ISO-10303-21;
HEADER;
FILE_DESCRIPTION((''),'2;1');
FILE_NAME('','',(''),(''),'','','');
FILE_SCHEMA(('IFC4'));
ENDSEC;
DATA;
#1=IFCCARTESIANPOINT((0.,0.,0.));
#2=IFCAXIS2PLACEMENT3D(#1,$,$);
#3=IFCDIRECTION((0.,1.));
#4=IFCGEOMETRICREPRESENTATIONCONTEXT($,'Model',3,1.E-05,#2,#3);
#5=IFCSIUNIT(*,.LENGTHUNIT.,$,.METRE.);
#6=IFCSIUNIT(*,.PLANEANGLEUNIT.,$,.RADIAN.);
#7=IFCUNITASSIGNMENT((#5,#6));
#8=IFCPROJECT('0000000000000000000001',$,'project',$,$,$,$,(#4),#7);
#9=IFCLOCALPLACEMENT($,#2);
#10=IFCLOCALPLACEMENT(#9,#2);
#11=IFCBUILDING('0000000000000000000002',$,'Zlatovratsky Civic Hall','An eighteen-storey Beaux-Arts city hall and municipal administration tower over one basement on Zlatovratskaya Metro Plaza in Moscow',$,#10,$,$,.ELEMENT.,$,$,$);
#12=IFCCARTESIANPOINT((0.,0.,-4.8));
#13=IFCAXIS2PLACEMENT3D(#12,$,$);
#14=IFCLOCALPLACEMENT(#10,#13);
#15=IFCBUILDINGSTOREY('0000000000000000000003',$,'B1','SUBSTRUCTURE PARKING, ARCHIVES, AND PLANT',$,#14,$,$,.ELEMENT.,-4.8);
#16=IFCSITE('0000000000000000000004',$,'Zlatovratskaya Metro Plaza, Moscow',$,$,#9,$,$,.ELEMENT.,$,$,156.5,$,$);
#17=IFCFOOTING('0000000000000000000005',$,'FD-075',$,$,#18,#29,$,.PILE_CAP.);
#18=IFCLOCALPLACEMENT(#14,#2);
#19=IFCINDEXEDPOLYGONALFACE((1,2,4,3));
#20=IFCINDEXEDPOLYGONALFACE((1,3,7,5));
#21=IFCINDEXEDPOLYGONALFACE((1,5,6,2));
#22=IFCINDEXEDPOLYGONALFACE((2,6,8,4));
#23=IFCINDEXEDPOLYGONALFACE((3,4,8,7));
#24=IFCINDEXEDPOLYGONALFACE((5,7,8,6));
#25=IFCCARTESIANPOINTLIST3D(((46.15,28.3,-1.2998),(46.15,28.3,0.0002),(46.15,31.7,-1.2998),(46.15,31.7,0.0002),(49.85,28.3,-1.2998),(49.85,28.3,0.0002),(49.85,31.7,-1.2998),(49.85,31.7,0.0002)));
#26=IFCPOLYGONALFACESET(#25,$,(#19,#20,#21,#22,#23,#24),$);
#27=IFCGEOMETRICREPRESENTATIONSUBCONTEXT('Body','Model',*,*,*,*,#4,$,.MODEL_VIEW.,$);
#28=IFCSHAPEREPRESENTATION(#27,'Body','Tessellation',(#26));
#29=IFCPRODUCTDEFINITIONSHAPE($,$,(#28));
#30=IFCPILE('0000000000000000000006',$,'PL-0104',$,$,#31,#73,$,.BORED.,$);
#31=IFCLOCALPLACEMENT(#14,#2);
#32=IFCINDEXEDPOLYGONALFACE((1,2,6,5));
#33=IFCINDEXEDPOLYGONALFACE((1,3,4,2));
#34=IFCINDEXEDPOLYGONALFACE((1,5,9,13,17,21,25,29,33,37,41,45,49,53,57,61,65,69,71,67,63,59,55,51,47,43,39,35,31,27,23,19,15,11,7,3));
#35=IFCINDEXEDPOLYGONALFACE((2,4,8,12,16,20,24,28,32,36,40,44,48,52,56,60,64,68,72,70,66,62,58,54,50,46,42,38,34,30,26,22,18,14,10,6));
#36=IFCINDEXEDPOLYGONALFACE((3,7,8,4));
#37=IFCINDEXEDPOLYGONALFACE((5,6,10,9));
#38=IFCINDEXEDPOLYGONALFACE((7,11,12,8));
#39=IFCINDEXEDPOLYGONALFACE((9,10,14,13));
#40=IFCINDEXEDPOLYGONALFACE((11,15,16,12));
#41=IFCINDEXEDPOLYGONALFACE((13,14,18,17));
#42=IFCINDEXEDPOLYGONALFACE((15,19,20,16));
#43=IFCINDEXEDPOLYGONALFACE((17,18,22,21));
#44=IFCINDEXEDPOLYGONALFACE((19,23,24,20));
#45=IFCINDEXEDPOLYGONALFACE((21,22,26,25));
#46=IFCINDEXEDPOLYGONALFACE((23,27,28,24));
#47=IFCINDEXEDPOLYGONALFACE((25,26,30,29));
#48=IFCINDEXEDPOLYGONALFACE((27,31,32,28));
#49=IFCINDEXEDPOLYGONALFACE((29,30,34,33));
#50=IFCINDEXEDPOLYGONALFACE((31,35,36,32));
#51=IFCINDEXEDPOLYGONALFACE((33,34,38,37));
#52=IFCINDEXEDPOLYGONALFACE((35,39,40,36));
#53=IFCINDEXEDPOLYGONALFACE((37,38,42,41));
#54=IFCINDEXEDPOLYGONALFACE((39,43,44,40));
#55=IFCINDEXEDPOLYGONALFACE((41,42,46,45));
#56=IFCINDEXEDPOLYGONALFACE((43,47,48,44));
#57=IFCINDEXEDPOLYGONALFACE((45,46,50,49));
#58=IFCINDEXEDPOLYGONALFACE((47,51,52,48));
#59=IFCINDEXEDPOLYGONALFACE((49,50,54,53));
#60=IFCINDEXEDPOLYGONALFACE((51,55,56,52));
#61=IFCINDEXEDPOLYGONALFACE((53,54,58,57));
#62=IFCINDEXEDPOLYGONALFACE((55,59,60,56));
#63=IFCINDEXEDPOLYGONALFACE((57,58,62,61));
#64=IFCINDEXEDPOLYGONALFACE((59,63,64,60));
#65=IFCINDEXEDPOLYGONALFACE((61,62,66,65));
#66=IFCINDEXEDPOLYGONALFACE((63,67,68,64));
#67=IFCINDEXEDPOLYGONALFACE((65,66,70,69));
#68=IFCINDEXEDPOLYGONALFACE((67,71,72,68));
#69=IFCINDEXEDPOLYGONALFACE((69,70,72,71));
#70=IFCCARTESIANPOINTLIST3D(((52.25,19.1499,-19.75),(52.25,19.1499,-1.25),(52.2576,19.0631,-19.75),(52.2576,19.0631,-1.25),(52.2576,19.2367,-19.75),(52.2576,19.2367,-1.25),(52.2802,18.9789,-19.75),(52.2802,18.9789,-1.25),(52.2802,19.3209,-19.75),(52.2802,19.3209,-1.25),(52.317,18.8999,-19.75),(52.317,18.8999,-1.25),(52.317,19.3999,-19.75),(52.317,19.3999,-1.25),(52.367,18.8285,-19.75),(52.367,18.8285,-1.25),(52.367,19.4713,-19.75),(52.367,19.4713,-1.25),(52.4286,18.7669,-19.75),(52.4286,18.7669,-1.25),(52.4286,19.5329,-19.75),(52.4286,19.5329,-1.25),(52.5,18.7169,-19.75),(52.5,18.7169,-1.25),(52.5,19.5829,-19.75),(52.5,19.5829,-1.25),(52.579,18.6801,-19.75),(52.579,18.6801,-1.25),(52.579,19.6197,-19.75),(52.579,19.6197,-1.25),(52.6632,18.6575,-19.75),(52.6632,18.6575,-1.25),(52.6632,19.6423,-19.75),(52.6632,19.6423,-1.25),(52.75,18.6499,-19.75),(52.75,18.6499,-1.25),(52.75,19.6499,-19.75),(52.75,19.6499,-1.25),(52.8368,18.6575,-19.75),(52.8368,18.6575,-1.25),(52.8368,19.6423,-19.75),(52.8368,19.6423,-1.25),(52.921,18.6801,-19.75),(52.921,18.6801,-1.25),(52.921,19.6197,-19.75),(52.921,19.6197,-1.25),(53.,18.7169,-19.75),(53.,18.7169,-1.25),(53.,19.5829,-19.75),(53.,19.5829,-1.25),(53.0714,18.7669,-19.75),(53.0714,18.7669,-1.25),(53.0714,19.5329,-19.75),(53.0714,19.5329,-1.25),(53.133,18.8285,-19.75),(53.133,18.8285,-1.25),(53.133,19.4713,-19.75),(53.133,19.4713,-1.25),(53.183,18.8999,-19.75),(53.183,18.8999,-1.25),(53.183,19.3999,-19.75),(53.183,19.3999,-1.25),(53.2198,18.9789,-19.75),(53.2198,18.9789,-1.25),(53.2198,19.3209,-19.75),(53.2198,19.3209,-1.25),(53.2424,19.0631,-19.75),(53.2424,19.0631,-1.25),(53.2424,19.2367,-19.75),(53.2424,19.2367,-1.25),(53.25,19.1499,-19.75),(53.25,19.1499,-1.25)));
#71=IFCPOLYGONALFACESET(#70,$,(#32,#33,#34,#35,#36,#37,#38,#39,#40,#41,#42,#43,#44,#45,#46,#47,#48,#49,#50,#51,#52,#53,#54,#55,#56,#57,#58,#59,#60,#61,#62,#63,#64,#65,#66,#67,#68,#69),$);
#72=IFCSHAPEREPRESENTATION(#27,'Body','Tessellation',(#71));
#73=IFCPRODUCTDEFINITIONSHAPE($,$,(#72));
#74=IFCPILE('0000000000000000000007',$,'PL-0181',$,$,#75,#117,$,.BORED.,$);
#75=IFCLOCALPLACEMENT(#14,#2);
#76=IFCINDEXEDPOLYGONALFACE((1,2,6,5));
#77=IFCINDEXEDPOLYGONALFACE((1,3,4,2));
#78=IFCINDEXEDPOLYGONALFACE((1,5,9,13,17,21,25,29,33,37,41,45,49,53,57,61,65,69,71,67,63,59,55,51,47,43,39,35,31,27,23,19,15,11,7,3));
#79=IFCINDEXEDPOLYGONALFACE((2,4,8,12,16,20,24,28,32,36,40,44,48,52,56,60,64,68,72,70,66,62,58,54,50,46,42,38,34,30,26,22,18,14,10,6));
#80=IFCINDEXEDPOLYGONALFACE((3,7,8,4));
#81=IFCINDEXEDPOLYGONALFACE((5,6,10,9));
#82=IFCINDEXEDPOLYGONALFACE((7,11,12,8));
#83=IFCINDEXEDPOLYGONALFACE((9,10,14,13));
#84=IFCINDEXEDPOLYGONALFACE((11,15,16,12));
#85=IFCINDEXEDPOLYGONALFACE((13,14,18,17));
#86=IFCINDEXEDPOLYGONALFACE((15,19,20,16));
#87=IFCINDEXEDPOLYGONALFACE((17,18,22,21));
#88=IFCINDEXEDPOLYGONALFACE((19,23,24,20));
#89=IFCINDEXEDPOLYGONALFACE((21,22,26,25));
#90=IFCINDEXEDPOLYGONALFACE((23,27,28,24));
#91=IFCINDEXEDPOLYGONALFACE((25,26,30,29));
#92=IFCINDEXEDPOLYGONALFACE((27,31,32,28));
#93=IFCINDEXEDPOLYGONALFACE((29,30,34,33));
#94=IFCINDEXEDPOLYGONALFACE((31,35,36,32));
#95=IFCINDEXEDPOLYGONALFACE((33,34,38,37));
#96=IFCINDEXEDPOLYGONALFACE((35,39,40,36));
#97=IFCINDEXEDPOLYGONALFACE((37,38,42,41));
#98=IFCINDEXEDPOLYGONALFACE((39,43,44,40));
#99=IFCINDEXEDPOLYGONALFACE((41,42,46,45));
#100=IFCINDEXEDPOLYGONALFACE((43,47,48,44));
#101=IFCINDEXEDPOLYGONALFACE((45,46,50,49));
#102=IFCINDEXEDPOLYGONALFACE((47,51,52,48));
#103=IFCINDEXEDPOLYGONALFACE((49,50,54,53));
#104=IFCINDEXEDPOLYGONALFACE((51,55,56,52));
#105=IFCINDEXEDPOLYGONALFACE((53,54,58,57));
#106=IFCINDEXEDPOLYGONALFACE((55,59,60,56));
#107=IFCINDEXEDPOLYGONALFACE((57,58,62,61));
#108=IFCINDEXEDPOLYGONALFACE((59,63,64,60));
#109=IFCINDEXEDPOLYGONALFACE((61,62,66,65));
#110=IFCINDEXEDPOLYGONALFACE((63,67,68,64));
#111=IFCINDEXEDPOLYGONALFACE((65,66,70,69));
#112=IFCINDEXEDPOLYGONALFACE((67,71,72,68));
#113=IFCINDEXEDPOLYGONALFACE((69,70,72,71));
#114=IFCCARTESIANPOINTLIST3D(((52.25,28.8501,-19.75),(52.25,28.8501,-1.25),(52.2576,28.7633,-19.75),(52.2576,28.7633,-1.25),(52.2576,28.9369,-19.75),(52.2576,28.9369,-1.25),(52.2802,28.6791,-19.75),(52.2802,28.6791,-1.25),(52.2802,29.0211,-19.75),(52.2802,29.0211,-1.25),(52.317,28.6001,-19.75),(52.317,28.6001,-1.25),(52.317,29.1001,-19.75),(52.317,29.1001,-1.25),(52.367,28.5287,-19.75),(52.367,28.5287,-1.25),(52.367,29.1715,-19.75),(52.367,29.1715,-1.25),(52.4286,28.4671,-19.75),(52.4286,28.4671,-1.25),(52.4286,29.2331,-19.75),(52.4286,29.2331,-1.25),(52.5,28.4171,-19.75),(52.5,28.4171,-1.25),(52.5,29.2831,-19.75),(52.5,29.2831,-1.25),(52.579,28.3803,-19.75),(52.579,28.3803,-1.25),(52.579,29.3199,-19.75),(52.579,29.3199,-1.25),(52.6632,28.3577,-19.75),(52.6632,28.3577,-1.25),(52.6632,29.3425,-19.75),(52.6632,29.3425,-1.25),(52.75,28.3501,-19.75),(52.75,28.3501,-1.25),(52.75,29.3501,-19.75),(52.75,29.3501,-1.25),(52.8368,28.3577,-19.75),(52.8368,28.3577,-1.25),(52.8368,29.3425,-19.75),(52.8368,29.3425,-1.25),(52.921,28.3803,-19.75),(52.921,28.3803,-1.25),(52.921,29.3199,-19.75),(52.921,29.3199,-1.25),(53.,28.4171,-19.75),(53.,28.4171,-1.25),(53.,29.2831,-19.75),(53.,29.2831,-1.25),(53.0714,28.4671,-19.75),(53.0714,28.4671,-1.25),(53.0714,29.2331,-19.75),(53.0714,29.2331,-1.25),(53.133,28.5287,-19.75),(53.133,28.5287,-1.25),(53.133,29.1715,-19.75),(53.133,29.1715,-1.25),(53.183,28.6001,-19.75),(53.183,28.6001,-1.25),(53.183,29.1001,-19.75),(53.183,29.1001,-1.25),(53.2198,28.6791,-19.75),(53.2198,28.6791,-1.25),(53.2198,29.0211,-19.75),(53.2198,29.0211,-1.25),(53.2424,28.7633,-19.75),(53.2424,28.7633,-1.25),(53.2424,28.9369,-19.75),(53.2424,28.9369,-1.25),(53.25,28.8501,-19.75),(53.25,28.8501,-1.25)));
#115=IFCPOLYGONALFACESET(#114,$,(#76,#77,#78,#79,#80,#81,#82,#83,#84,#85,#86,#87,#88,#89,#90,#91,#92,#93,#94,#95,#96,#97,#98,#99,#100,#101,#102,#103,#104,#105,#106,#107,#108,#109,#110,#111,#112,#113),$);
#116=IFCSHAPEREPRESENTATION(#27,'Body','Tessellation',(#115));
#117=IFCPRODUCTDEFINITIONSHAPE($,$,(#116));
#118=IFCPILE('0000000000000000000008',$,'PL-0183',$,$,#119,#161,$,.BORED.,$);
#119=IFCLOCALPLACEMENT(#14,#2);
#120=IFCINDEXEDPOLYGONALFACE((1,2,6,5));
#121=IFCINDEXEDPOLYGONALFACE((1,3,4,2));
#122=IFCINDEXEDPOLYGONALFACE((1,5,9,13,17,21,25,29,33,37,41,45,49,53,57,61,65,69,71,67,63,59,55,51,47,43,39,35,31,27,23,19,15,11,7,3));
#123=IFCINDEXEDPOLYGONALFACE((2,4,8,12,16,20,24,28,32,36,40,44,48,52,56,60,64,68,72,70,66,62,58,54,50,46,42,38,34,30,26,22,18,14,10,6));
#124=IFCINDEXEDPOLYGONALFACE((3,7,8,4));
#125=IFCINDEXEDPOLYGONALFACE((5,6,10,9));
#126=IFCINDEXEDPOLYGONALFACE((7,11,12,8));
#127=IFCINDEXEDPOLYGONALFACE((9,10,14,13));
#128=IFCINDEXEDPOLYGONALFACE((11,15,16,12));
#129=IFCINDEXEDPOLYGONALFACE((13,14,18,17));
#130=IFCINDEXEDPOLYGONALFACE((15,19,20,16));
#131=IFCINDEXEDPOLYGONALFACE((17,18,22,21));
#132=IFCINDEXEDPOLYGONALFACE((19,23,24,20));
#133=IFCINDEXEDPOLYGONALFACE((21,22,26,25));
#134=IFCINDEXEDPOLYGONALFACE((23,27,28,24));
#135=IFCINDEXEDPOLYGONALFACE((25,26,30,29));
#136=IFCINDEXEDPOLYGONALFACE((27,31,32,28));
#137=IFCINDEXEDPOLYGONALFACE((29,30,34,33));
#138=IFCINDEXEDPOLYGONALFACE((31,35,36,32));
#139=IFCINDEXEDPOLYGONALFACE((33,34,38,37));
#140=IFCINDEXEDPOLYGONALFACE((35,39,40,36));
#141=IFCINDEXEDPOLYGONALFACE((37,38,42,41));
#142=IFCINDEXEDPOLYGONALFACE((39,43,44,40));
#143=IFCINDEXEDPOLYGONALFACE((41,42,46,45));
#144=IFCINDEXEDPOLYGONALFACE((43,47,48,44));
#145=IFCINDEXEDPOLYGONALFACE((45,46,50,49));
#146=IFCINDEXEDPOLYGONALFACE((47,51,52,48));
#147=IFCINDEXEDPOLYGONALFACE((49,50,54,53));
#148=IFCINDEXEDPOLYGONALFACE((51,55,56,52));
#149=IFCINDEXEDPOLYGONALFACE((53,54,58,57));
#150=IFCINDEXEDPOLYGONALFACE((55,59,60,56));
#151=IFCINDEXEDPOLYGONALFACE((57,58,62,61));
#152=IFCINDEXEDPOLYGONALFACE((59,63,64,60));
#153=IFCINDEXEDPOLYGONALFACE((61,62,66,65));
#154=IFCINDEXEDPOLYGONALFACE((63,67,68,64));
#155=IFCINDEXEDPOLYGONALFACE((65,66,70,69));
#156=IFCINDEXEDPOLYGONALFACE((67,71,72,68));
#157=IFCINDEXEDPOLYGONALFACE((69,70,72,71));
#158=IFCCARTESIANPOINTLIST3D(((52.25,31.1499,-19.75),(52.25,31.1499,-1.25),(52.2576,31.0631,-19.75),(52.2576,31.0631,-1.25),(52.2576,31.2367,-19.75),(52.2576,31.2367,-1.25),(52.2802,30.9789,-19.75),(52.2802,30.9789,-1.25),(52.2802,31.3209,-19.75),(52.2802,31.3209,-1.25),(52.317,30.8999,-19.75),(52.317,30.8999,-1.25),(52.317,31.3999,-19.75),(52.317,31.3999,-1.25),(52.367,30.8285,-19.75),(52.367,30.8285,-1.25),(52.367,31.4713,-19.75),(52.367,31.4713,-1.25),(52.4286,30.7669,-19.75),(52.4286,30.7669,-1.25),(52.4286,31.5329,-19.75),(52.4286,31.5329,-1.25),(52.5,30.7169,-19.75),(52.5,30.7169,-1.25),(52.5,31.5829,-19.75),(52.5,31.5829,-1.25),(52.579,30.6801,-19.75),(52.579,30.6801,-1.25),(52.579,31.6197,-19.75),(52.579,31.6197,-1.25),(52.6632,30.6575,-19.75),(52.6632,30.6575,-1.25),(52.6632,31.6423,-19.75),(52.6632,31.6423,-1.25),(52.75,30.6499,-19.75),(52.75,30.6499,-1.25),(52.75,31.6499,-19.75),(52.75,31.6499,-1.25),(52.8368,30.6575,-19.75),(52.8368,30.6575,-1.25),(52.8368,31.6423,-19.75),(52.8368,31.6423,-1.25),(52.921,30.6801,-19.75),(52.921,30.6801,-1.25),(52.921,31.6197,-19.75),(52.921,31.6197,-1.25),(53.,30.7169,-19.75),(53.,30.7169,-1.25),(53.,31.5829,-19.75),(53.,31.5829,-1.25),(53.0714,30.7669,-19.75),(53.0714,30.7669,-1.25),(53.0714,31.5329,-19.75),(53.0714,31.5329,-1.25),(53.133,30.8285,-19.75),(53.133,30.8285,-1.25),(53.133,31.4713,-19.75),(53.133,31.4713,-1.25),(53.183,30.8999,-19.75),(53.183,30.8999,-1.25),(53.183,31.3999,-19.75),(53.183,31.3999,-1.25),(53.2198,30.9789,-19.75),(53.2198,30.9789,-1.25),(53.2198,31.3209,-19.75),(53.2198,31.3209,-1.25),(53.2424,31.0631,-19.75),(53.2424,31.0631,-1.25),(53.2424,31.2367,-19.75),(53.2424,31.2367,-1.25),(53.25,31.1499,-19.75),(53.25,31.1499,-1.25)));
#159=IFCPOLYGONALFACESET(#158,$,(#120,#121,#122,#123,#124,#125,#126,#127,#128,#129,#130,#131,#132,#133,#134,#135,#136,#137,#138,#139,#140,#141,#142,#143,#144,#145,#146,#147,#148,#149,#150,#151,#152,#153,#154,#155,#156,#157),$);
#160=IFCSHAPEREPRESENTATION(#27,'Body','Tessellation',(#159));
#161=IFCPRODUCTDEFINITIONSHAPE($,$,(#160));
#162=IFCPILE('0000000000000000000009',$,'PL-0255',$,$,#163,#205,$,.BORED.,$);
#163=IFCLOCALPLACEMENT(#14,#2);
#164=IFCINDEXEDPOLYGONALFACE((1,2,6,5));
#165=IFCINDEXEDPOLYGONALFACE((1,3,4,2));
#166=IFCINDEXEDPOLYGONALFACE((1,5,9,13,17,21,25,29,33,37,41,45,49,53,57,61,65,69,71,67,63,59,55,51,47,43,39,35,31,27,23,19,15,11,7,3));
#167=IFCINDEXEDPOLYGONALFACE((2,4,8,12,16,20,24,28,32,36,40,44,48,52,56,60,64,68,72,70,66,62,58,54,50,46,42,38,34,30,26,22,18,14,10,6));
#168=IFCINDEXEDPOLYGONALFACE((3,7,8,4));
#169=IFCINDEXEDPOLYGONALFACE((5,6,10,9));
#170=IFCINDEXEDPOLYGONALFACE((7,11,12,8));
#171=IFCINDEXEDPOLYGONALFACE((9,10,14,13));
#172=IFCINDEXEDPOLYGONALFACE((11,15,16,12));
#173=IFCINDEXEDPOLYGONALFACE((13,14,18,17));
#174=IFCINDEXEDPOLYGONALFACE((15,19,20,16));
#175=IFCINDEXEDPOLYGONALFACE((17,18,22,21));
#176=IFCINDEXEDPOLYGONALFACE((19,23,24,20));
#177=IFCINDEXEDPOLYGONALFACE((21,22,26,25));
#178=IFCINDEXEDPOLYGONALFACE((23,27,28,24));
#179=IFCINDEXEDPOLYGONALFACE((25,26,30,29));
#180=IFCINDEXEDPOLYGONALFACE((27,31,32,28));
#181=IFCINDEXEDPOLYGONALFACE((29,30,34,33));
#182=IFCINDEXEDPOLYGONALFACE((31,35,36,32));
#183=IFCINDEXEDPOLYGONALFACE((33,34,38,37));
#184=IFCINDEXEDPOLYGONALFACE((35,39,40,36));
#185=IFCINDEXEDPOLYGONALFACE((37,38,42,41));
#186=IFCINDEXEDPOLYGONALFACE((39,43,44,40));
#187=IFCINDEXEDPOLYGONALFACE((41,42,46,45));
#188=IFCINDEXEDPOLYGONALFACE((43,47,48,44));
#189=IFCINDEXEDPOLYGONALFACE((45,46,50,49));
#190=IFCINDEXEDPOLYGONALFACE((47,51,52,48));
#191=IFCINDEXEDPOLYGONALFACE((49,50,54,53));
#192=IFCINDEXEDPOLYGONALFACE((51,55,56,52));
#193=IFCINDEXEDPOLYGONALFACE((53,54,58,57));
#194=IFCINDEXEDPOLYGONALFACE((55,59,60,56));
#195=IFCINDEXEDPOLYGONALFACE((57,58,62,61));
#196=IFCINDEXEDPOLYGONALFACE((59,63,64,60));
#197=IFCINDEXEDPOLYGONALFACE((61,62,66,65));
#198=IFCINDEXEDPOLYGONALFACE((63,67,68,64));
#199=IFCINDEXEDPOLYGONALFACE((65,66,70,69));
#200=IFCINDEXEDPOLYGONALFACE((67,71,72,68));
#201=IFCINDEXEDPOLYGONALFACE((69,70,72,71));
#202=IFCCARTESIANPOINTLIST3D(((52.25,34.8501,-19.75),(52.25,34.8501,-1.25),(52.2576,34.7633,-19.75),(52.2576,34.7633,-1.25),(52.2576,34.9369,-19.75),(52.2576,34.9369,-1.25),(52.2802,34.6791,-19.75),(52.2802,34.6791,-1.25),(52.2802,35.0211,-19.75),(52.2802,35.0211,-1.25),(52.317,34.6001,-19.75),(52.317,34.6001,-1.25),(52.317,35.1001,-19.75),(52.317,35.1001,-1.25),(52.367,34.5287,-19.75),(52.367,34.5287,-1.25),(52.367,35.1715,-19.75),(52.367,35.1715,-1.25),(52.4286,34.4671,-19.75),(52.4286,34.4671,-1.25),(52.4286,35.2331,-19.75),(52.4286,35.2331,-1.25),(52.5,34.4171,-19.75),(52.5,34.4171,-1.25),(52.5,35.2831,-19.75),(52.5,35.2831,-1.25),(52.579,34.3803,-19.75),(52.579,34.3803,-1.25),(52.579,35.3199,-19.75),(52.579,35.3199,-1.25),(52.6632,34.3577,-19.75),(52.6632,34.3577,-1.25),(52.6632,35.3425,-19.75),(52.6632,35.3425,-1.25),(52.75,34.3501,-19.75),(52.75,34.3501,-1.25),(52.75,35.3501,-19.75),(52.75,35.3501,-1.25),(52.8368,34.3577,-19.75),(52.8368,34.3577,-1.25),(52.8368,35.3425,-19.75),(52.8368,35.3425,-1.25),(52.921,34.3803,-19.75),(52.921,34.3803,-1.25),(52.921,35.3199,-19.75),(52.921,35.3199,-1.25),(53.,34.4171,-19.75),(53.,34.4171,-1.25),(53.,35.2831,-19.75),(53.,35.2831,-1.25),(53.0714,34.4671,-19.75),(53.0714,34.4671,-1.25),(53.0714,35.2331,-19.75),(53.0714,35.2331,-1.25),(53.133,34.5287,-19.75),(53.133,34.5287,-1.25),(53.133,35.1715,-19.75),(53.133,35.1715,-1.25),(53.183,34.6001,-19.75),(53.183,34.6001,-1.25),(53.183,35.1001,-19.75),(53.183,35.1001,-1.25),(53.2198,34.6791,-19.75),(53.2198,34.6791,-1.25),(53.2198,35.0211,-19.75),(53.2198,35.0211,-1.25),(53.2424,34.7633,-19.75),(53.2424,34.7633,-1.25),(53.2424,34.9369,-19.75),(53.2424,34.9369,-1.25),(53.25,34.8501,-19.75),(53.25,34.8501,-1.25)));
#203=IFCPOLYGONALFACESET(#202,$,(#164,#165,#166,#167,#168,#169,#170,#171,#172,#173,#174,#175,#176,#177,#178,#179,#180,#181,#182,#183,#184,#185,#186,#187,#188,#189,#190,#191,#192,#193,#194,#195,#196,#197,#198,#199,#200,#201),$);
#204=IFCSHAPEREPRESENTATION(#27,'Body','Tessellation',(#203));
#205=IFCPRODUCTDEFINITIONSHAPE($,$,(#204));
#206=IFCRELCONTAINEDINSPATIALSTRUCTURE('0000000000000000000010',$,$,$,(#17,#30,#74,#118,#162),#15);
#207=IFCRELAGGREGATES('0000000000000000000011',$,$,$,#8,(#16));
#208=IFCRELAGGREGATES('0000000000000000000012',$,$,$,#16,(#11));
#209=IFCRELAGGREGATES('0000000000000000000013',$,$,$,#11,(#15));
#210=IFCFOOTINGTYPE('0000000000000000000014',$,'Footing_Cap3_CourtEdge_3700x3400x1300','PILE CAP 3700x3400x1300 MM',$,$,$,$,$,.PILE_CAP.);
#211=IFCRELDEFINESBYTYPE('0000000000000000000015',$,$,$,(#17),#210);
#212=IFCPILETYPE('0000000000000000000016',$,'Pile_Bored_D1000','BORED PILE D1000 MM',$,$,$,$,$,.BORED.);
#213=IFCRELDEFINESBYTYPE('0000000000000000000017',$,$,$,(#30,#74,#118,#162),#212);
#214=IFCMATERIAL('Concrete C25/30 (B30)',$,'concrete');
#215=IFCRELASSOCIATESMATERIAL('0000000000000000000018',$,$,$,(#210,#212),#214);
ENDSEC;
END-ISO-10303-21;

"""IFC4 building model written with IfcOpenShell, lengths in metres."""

from ifc_helpers import new_model, si_unit, direction, frame, origin, origin_2d, place, context, subcontext, project, spatial, rectangle, circle, extrude, material, material_profile, profile_set, type_object, element, save


model = new_model("IFC4")

# Units and contexts
model_context = context("Model", 3, precision=1e-05, world=origin(), true_north=direction((0.0, 1.0)))
body_context = subcontext(model_context, "Body", "Model", "MODEL_VIEW")
ifc_project = project(units=[si_unit("LENGTHUNIT", "METRE"), si_unit("PLANEANGLEUNIT", "RADIAN")], contexts=[model_context])

# Site, building, storey
site_placement = place(None, origin())
site = spatial("IfcSite", under=ifc_project, at=site_placement, Name="Zlatovratskaya Metro Plaza, Moscow", CompositionType="ELEMENT", RefElevation=156.5)
building_placement = place(site_placement, origin())
building = spatial("IfcBuilding", under=site, at=building_placement, Name="Zlatovratsky Civic Hall", Description="An eighteen-storey Beaux-Arts city hall and municipal administration tower over one basement on Zlatovratskaya Metro Plaza in Moscow", CompositionType="ELEMENT")
storey_placement = place(building_placement, frame((0.0, 0.0, -4.8)))
storey = spatial("IfcBuildingStorey", under=building, at=storey_placement, Name="B1", Description="SUBSTRUCTURE PARKING, ARCHIVES, AND PLANT", CompositionType="ELEMENT", Elevation=-4.8)

# Footing
ifc_material_1 = material(Name="Concrete C25/30 (B30)", Category="concrete")
footing_type = type_object("IfcFootingType", Name="Footing_Cap3_CourtEdge_3700x3400x1300", Description="PILE CAP 3700x3400x1300 MM", PredefinedType="PILE_CAP", material=ifc_material_1)
footing_placement = place(storey_placement, frame((48.0, 30.0, -1.2998), z_axis=(0.0, 0.0, 1.0), x_axis=(1.0, 0.0, 0.0)))
element("IfcFooting", 1, at=footing_placement, inside=storey, type_object=footing_type, Name="FD-075", PredefinedType="PILE_CAP", context=body_context, shape_type="SweptSolid", body=[
    extrude(rectangle(XDim=3.7, YDim=3.3999, at=origin_2d()), origin(), (0.0, 0.0, 1.0), 1.3),
])

# Piles
ifc_material_profile_1 = material_profile(ifc_material_1, circle(Radius=0.5, at=origin_2d()), Name="PILE D1000")
ifc_profile_set_1 = profile_set([ifc_material_profile_1], Name="Concrete C25/30 (B30)")
pile_type_1 = type_object("IfcPileType", Name="Pile_Bored_D1000", Description="BORED PILE D1000 MM", PredefinedType="BORED", material=ifc_profile_set_1)
for number, where, z_axis, x_axis, name in (
    (2, (52.75, 19.1499, -1.25), (0.0, 0.0, -1.0), (1.0, 0.0, 0.0), "PL-0104"),
    (3, (52.75, 28.8501, -1.25), (0.0, 0.0, -1.0), (1.0, 0.0, 0.0), "PL-0181"),
    (4, (52.75, 31.1499, -1.25), (0.0, 0.0, -1.0), (1.0, 0.0, 0.0), "PL-0183"),
    (5, (52.75, 34.8501, -1.25), (0.0, 0.0, -1.0), (1.0, 0.0, 0.0), "PL-0255"),
):
    element("IfcPile", number, at=place(storey_placement, frame(where, z_axis=z_axis, x_axis=x_axis)), inside=storey, type_object=pile_type_1, Name=name, PredefinedType="BORED", context=body_context, shape_type="SweptSolid", body=[
        extrude(circle(Radius=0.5, at=origin_2d()), origin(), (0.0, 0.0, 1.0), 18.5),
    ])

save(model, "model.ifc")
